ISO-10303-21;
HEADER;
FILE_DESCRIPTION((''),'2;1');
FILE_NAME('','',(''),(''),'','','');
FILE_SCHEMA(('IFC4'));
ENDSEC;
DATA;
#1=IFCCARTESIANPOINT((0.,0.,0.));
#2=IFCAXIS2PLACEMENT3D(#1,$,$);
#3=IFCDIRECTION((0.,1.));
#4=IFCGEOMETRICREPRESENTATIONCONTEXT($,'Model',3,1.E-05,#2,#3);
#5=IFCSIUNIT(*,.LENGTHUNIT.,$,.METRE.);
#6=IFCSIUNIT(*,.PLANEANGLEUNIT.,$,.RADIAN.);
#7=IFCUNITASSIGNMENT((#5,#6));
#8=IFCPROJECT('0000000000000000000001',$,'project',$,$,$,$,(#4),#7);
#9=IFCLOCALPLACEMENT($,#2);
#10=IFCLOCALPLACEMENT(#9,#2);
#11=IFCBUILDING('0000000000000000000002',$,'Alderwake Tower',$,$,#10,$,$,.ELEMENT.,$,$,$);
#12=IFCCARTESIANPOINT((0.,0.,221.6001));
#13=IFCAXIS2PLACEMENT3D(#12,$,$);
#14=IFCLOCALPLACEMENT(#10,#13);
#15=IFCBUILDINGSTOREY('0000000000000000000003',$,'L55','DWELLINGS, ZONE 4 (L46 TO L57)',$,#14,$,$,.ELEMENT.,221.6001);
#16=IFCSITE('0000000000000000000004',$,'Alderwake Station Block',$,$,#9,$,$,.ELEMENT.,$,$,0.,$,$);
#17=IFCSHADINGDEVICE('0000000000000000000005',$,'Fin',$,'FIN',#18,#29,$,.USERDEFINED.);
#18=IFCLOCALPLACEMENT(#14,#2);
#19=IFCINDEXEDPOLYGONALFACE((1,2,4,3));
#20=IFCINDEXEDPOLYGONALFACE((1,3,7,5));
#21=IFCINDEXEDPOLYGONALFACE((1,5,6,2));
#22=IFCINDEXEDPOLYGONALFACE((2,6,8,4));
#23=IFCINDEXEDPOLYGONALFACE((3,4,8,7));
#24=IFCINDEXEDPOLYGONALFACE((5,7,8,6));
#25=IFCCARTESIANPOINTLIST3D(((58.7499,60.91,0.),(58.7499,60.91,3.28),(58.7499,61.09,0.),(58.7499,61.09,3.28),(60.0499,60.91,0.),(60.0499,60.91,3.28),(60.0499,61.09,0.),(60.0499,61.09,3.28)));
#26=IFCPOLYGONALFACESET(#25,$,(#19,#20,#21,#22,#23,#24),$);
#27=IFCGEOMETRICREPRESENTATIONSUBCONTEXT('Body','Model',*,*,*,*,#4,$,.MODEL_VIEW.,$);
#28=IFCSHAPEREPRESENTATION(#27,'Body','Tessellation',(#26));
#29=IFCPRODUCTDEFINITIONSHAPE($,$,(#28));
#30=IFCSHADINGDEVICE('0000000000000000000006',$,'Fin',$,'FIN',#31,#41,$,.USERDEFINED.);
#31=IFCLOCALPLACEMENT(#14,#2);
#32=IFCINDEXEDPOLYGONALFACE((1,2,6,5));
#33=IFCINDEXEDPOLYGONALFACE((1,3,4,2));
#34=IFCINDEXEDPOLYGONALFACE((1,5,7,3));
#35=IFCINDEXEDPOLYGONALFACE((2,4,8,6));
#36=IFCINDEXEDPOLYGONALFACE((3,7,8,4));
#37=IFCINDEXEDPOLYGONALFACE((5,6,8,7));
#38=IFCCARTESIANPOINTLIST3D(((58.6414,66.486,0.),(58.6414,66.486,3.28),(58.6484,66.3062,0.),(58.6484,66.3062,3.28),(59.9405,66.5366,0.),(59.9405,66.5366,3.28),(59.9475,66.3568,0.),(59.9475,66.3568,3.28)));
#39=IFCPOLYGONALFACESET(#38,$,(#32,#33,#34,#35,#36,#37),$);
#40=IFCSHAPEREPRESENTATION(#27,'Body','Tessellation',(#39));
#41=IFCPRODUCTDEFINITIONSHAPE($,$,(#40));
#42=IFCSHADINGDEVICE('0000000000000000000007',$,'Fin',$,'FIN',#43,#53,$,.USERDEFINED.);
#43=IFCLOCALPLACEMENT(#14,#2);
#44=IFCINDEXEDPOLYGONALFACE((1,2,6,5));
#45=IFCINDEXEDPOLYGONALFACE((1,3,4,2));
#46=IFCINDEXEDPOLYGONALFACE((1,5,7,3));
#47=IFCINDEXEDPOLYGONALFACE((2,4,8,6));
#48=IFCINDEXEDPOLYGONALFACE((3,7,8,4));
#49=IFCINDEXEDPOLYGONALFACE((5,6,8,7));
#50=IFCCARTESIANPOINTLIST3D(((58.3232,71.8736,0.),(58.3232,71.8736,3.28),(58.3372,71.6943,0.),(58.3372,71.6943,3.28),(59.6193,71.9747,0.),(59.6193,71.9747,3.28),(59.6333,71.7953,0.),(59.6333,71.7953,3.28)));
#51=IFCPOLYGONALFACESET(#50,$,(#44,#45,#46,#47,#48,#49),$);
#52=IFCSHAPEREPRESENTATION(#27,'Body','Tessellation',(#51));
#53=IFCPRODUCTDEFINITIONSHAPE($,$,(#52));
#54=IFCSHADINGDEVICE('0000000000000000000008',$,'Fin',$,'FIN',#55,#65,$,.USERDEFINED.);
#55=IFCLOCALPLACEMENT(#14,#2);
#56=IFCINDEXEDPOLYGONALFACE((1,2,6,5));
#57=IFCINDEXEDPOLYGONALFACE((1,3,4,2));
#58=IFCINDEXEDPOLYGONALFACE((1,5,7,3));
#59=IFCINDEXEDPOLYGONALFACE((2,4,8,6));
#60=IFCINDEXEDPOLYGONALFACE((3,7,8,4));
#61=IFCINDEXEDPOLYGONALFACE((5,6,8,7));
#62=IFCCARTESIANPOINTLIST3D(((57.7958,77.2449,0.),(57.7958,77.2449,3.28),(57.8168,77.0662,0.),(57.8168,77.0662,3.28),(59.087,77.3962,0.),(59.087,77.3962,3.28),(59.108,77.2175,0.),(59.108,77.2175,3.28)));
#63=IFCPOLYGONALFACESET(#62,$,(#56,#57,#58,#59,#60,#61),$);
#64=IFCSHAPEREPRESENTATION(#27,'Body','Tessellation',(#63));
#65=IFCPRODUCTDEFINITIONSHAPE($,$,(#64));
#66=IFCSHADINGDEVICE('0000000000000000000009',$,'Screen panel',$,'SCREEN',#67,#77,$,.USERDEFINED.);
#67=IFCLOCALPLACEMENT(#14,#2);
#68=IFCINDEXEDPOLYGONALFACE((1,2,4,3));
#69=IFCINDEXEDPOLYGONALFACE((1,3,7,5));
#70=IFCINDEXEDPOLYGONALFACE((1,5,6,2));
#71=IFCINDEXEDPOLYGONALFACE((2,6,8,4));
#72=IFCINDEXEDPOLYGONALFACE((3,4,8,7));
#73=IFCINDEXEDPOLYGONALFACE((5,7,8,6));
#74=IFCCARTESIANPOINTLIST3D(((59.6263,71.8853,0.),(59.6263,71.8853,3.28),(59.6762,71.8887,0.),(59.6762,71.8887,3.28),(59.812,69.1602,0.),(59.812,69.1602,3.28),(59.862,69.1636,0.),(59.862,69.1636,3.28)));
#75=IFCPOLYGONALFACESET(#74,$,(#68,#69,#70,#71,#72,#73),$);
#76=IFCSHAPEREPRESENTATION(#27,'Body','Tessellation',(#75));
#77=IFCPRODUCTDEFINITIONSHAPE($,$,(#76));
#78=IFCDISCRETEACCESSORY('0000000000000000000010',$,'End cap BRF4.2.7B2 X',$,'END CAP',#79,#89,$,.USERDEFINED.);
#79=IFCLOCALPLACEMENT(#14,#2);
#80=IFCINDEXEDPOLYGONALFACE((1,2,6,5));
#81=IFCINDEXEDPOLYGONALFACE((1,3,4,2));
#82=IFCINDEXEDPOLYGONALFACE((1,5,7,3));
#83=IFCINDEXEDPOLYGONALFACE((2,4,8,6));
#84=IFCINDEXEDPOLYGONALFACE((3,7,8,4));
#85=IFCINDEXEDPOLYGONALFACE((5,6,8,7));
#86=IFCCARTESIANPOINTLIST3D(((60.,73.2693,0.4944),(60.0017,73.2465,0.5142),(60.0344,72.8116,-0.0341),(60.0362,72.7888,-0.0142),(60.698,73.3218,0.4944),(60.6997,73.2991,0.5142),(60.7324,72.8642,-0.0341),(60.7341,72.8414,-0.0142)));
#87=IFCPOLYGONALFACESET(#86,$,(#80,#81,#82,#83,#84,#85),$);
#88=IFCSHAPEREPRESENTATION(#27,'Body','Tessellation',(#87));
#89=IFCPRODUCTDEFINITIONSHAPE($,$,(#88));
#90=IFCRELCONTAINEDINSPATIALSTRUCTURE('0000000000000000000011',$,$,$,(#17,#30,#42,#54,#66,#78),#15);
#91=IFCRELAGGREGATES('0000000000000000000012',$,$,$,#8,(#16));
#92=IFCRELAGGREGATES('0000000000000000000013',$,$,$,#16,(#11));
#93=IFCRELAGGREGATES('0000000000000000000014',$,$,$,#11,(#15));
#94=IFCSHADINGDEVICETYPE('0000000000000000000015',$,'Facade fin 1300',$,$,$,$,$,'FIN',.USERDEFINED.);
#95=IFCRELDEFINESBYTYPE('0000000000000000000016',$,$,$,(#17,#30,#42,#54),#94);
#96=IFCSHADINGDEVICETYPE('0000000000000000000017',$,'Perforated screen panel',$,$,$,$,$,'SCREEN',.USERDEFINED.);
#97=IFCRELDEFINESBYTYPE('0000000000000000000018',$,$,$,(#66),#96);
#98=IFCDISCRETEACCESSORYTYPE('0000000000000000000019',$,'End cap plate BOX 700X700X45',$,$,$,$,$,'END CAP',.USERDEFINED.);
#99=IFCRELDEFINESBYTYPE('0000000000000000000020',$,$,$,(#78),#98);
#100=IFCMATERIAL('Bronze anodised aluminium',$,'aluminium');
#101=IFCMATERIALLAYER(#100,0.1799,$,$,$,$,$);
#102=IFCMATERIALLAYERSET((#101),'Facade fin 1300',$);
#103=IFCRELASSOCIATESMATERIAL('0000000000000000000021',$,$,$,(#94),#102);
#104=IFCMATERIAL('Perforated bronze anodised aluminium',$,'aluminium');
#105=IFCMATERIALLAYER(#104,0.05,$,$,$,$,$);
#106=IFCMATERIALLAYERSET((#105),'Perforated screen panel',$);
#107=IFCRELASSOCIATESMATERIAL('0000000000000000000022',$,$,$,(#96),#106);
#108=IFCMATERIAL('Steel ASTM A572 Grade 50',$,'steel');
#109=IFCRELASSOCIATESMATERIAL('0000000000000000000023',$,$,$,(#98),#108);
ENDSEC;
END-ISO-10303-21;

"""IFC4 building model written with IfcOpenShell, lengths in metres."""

from ifc_helpers import new_model, si_unit, direction, frame, origin, origin_2d, place, context, subcontext, project, spatial, rectangle, extrude, material, layer, layer_set, material_profile, profile_set, type_object, element, save


model = new_model("IFC4")

# Units and contexts
model_context = context("Model", 3, precision=1e-05, world=origin(), true_north=direction((0.0, 1.0)))
body_context = subcontext(model_context, "Body", "Model", "MODEL_VIEW")
ifc_project = project(units=[si_unit("LENGTHUNIT", "METRE"), si_unit("PLANEANGLEUNIT", "RADIAN")], contexts=[model_context])

# Site, building, storey
site_placement = place(None, origin())
site = spatial("IfcSite", under=ifc_project, at=site_placement, Name="Alderwake Station Block", CompositionType="ELEMENT", RefElevation=0.0)
building_placement = place(site_placement, origin())
building = spatial("IfcBuilding", under=site, at=building_placement, Name="Alderwake Tower", CompositionType="ELEMENT")
storey_placement = place(building_placement, frame((0.0, 0.0, 221.6001)))
storey = spatial("IfcBuildingStorey", under=building, at=storey_placement, Name="L55", Description="DWELLINGS, ZONE 4 (L46 TO L57)", CompositionType="ELEMENT", Elevation=221.6001)

# Shading devices
ifc_material_1 = material(Name="Bronze anodised aluminium", Category="aluminium")
ifc_layer_1 = layer(ifc_material_1, 0.1799)
ifc_layer_set_1 = layer_set([ifc_layer_1], Name="Facade fin 1300")
shading_device_type_1 = type_object("IfcShadingDeviceType", Name="Facade fin 1300", ElementType="FIN", PredefinedType="USERDEFINED", material=ifc_layer_set_1)
for number, where, z_axis, x_axis, name in (
    (1, (59.3999, 61.0, 0.0), (0.0, 0.0, 1.0), (1.0, 0.0, 0.0), "Fin"),
    (2, (59.2944, 66.4214, 0.0), (0.0, 0.0, 1.0), (0.999243, 0.03889, 0.0), "Fin"),
    (3, (58.9783, 71.8345, 0.0), (0.0, 0.0, 1.0), (0.996975, 0.077721, 0.0), "Fin"),
    (4, (58.4519, 77.2312, 0.0), (0.0, 0.0, 1.0), (0.993198, 0.116435, 0.0), "Fin"),
):
    element("IfcShadingDevice", number, at=place(storey_placement, frame(where, z_axis=z_axis, x_axis=x_axis)), inside=storey, type_object=shading_device_type_1, Name=name, ObjectType="FIN", PredefinedType="USERDEFINED", context=body_context, shape_type="SweptSolid", body=[
        extrude(rectangle(XDim=1.3, YDim=0.1799, at=origin_2d()), origin(), (0.0, 0.0, 1.0), 3.28),
    ])
ifc_material_2 = material(Name="Perforated bronze anodised aluminium", Category="aluminium")
ifc_layer_2 = layer(ifc_material_2, 0.05)
ifc_layer_set_2 = layer_set([ifc_layer_2], Name="Perforated screen panel")
shading_device_type_2 = type_object("IfcShadingDeviceType", Name="Perforated screen panel", ElementType="SCREEN", PredefinedType="USERDEFINED", material=ifc_layer_set_2)
shading_device_placement = place(storey_placement, frame((59.7441, 70.5244, 0.0), z_axis=(0.0, 0.0, 1.0), x_axis=(0.997685, 0.067998, 0.0)))
element("IfcShadingDevice", 5, at=shading_device_placement, inside=storey, type_object=shading_device_type_2, Name="Screen panel", ObjectType="SCREEN", PredefinedType="USERDEFINED", context=body_context, shape_type="SweptSolid", body=[
    extrude(rectangle(XDim=0.05, YDim=2.7314, at=origin_2d()), origin(), (0.0, 0.0, 1.0), 3.28),
])

# Discrete accessory
ifc_material_3 = material(Name="Steel ASTM A572 Grade 50", Category="steel")
ifc_material_profile_1 = material_profile(ifc_material_3, rectangle(XDim=0.7, YDim=0.7, at=origin_2d()), Name="BOX 700X700X45 cap")
ifc_profile_set_1 = profile_set([ifc_material_profile_1], Name="Steel ASTM A572 Grade 50")
discrete_accessory_type = type_object("IfcDiscreteAccessoryType", Name="End cap plate BOX 700X700X45", ElementType="END CAP", PredefinedType="USERDEFINED", material=ifc_profile_set_1)
discrete_accessory_placement = place(storey_placement, frame((60.3679, 73.0439, 0.25), z_axis=(-0.056668, 0.75287, -0.655725), x_axis=(-0.997179, -0.075057, 0.0)))
element("IfcDiscreteAccessory", 6, at=discrete_accessory_placement, inside=storey, type_object=discrete_accessory_type, Name="End cap BRF4.2.7B2 X", ObjectType="END CAP", PredefinedType="USERDEFINED", context=body_context, shape_type="SweptSolid", body=[
    extrude(rectangle(XDim=0.7, YDim=0.7, at=origin_2d()), origin(), (0.0, 0.0, 1.0), 0.0303),
])

save(model, "model.ifc")
